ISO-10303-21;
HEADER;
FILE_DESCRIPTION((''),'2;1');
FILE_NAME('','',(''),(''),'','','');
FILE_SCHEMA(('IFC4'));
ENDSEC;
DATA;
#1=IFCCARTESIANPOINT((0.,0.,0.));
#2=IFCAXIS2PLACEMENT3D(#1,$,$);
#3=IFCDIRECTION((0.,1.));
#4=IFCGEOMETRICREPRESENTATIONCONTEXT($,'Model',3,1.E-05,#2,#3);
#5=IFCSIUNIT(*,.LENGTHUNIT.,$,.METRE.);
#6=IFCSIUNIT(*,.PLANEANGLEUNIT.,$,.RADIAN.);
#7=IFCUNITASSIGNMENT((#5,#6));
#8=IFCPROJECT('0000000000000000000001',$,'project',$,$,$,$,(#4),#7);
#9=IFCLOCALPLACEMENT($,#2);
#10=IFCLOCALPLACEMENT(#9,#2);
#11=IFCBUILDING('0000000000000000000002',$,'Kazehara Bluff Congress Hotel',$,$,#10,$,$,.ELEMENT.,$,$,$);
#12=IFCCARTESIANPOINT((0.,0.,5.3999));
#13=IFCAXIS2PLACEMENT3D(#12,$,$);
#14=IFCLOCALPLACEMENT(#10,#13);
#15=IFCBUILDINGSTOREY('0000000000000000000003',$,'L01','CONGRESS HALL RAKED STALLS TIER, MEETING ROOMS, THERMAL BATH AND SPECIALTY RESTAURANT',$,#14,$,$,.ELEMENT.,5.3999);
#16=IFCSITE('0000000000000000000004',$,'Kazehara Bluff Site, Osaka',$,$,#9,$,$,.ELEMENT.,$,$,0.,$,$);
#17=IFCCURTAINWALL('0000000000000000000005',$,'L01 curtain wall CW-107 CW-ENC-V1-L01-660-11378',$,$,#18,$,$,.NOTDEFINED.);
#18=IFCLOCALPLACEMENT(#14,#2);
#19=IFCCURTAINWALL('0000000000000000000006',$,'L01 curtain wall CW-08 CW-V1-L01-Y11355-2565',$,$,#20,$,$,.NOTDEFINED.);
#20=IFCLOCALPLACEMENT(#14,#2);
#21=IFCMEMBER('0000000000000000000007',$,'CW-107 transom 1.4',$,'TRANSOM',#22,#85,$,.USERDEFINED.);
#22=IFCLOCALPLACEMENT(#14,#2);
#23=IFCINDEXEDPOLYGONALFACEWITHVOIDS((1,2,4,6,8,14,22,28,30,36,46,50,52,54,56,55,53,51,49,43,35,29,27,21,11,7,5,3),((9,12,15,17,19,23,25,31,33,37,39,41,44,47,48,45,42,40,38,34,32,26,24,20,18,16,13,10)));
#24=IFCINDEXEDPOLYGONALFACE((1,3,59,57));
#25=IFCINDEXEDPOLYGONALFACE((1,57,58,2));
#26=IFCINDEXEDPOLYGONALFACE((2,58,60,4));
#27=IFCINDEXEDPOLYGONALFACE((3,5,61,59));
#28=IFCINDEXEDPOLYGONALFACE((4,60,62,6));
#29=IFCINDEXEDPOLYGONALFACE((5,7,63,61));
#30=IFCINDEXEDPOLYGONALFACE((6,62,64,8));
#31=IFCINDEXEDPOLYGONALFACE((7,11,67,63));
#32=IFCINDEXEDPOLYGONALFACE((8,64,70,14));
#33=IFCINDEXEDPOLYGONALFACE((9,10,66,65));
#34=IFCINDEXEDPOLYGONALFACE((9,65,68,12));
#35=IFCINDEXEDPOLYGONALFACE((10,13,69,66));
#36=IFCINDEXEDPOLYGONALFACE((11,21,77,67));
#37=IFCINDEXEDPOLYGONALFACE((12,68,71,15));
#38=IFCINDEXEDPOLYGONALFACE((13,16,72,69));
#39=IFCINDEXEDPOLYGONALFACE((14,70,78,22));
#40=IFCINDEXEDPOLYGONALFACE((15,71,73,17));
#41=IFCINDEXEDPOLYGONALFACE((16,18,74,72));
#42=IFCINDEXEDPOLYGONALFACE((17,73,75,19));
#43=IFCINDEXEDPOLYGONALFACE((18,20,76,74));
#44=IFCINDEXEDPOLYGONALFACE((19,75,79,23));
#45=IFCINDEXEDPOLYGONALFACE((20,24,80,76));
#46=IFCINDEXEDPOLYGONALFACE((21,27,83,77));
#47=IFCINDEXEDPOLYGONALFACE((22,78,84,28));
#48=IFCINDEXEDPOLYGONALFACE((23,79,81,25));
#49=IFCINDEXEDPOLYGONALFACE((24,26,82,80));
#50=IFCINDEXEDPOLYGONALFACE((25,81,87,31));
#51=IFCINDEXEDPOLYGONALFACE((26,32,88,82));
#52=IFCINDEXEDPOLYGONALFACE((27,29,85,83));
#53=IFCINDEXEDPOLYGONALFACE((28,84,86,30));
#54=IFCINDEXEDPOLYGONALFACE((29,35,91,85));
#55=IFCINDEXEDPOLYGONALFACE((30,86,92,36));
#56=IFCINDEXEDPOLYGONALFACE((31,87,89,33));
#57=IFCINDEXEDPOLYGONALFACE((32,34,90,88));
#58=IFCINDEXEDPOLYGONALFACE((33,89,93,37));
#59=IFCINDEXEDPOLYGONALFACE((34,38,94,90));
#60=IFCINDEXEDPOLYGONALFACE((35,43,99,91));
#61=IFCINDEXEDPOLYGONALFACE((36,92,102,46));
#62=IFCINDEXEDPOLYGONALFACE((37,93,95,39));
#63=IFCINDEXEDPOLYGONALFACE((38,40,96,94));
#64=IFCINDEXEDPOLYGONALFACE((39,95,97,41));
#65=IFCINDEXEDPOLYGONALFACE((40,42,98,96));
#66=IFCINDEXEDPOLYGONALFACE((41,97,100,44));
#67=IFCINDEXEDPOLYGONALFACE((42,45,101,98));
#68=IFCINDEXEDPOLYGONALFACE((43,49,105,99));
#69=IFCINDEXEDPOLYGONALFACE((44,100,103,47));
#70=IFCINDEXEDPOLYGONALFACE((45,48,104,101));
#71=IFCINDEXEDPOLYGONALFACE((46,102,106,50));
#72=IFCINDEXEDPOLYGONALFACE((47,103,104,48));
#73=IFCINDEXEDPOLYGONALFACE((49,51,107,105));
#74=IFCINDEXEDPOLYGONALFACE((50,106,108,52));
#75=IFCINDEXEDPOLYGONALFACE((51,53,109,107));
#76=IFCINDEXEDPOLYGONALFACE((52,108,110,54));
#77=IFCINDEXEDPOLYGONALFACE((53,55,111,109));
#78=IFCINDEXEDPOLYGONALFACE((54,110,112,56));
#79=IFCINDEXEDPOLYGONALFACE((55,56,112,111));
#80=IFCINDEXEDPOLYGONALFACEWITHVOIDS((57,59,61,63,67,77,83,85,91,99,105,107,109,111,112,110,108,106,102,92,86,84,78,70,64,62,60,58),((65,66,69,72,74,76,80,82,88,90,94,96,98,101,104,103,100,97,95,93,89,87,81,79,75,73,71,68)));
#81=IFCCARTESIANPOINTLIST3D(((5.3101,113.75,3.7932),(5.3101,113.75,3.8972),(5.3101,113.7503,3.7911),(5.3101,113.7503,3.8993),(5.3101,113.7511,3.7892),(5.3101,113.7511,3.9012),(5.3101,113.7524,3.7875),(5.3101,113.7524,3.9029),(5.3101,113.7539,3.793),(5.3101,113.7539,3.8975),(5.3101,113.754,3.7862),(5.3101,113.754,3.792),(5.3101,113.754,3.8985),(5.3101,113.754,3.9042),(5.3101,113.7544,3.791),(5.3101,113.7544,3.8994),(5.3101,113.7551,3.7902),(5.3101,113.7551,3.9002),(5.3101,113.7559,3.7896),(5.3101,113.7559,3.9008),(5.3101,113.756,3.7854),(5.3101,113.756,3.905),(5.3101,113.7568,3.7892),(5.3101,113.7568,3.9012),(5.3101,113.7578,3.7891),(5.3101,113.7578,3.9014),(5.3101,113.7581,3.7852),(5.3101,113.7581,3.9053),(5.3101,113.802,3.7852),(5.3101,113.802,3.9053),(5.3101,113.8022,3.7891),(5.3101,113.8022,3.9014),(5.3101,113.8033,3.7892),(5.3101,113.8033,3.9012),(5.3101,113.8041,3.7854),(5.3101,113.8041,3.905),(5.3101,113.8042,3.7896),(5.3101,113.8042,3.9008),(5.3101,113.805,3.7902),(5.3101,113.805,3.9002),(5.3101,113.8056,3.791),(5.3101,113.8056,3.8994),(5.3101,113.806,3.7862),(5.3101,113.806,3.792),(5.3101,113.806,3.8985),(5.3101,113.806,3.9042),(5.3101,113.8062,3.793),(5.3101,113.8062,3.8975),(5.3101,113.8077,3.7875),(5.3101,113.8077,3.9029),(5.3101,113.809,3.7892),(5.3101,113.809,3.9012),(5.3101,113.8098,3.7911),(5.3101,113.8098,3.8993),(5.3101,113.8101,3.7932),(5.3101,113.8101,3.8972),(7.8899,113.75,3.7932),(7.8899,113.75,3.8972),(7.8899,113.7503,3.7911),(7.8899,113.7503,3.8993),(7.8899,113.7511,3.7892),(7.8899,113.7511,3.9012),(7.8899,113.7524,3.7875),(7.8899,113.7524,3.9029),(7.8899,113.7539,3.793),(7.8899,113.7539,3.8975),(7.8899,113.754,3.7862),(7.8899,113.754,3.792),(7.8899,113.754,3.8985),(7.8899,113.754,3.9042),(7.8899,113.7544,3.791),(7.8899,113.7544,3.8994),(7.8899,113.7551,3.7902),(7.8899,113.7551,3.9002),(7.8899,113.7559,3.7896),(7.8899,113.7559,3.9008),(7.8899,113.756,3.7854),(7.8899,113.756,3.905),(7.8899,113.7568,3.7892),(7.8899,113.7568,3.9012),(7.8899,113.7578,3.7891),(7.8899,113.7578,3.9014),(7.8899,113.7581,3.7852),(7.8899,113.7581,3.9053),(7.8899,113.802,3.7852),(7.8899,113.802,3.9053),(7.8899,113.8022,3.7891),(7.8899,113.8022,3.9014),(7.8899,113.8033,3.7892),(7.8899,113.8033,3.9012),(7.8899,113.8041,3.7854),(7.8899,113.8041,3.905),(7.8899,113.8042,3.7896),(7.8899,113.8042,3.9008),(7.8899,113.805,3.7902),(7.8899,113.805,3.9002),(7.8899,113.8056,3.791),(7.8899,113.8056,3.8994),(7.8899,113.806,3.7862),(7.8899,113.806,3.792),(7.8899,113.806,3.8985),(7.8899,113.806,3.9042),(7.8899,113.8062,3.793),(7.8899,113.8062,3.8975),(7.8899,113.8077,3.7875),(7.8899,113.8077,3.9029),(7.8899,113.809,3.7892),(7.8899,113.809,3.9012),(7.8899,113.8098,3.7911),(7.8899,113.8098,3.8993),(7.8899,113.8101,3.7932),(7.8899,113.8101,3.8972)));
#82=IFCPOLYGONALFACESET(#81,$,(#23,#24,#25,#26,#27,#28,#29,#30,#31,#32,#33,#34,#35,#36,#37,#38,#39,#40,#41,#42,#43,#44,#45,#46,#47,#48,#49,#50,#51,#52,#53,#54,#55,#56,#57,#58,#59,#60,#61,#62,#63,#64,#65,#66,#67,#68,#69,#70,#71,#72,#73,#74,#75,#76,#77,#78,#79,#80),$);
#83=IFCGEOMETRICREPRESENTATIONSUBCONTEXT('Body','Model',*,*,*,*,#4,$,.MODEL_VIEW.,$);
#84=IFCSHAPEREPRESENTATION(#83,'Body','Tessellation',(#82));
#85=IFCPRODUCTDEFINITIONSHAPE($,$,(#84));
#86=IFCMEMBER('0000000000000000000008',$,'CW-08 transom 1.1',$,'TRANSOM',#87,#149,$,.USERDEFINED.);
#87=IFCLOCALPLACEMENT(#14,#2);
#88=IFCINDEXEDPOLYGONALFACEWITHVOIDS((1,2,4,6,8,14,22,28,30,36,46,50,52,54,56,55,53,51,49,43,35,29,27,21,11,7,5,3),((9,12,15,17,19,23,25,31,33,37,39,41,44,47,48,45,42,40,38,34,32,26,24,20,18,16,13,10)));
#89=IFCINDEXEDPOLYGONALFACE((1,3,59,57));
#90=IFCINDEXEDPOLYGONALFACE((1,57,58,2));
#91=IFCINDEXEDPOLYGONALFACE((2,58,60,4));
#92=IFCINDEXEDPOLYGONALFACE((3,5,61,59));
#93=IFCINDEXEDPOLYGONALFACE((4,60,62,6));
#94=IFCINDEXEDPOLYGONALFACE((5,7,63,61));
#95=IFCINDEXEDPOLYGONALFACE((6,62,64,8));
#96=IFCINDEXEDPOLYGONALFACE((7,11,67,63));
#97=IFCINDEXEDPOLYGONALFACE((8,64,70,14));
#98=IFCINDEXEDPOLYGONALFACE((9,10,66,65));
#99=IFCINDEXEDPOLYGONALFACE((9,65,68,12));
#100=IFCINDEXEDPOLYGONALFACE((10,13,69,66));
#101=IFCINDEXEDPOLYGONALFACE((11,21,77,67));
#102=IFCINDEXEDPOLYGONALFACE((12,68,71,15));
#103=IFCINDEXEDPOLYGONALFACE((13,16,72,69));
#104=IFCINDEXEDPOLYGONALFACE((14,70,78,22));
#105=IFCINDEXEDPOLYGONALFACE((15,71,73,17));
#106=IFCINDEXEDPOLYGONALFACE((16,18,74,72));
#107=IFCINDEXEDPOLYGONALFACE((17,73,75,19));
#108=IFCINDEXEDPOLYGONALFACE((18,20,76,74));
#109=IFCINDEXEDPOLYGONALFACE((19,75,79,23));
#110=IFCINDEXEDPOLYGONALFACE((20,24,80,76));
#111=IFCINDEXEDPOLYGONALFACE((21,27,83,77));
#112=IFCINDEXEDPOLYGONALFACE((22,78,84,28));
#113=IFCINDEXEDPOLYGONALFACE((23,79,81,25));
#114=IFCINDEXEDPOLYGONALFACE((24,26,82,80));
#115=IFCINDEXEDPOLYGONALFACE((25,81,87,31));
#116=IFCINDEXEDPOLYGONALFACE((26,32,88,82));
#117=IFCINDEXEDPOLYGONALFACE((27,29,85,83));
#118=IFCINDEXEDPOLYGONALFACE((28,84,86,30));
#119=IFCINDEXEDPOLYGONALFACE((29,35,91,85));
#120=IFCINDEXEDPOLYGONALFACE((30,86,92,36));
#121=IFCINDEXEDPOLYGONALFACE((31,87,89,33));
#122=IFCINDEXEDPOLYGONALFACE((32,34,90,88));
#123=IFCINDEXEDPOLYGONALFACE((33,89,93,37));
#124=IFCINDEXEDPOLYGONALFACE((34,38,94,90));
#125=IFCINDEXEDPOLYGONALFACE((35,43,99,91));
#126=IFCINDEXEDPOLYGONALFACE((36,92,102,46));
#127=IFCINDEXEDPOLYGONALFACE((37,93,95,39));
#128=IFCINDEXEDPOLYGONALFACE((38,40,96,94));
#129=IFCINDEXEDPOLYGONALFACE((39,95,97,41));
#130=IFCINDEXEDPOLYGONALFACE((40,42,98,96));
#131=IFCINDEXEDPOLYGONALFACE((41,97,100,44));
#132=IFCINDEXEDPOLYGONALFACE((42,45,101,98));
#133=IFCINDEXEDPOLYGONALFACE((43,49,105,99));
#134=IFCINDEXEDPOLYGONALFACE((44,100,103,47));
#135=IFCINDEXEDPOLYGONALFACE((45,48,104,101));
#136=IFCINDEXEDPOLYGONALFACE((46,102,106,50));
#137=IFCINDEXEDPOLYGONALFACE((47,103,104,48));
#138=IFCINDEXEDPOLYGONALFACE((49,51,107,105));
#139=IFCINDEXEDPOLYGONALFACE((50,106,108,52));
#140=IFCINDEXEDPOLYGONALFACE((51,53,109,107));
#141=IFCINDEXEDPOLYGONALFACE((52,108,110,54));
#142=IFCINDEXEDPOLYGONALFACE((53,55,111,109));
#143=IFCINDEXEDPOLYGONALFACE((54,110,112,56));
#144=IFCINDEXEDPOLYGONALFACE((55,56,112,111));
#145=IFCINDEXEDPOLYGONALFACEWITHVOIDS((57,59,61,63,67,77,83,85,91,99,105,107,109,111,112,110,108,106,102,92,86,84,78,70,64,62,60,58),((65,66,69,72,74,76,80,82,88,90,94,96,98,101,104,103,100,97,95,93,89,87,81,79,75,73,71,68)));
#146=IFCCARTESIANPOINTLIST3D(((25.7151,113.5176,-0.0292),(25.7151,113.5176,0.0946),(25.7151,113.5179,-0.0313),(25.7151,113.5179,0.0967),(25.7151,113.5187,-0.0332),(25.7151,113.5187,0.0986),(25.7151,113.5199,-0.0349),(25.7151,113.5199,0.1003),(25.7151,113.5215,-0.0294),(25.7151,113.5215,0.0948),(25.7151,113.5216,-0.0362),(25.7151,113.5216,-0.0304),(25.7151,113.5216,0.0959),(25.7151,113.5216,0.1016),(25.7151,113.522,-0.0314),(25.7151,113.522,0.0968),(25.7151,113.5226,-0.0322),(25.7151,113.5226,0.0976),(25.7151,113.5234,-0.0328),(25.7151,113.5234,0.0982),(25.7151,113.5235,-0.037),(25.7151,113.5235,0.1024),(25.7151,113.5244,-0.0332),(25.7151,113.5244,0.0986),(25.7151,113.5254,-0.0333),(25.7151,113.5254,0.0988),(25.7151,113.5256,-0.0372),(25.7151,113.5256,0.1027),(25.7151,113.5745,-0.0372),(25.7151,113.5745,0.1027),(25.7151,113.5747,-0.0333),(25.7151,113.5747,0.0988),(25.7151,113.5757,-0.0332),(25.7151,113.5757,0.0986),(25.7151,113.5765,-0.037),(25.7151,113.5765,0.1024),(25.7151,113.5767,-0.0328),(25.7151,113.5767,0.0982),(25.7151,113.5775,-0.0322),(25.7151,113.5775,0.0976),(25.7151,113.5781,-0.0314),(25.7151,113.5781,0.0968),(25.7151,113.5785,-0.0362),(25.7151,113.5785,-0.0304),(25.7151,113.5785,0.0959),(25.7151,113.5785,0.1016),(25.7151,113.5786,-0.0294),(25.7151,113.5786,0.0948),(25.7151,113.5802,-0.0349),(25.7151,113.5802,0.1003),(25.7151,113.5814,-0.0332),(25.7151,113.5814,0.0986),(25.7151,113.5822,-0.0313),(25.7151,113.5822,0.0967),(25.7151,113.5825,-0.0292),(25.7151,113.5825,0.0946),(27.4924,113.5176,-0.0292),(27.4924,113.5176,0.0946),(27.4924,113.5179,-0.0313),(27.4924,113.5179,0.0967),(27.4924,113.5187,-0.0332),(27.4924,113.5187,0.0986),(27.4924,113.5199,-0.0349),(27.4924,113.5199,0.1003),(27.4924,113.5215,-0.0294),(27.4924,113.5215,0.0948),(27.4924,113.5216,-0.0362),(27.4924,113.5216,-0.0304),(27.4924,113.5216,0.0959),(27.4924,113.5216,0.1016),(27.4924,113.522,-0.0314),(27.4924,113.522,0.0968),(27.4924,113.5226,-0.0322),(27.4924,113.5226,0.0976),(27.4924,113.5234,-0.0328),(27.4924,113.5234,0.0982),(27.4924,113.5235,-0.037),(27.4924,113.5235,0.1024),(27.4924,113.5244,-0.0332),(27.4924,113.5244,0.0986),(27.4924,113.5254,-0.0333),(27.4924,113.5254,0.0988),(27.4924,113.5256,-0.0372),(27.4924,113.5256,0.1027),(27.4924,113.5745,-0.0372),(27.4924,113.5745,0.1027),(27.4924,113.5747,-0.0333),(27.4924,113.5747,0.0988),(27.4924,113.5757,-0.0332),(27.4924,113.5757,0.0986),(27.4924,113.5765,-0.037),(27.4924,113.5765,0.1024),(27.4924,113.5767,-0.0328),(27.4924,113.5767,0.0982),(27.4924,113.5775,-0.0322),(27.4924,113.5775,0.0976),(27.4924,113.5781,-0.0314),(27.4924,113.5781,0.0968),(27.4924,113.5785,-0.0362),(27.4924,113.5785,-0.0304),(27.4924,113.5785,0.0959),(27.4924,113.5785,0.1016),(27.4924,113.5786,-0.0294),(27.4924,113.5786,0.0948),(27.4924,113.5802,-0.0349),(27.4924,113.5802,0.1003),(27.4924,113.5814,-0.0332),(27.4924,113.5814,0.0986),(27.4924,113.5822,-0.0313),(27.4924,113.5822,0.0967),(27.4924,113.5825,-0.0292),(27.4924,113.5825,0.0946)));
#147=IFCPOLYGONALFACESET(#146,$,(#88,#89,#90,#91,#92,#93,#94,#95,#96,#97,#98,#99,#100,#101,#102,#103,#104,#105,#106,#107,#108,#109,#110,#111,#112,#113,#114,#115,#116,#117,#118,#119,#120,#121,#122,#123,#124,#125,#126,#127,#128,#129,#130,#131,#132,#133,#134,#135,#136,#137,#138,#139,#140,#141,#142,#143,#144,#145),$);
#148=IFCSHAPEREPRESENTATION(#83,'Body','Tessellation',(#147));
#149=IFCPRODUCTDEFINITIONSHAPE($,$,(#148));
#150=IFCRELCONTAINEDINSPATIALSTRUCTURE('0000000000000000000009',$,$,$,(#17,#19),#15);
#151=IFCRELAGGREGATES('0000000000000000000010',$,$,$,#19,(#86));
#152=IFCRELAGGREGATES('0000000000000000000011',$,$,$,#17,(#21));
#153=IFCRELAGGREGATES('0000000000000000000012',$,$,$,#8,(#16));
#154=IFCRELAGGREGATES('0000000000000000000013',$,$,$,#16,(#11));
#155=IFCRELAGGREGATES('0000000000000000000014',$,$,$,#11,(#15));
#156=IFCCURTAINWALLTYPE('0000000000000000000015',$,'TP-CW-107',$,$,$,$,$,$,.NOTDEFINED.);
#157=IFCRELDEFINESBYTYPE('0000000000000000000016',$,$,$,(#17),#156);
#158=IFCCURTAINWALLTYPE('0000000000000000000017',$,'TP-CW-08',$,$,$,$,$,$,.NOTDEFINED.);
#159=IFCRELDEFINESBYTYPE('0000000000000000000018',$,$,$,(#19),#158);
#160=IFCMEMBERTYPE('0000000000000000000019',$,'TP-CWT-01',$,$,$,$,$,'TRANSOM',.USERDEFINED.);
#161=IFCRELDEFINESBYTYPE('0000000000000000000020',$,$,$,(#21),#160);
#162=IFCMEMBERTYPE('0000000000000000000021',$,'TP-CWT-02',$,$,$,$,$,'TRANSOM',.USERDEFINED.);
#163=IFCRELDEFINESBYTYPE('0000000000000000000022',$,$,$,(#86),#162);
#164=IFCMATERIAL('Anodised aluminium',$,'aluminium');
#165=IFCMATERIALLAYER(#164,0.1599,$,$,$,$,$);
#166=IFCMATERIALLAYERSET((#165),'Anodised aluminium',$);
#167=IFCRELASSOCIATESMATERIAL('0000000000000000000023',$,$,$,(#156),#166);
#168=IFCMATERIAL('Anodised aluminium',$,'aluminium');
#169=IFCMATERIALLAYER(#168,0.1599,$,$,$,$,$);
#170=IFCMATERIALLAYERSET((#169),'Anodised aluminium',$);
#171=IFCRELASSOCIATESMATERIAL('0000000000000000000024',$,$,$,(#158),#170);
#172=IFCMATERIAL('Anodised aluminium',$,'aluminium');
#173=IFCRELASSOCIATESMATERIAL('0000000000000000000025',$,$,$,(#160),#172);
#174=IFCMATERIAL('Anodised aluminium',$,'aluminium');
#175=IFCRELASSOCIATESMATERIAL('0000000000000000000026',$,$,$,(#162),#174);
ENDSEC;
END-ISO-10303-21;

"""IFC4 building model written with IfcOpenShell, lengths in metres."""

from ifc_helpers import new_model, si_unit, direction, frame, origin, origin_2d, place, context, subcontext, project, spatial, hollow_rectangle, extrude, material, layer, layer_set, material_profile, profile_set, type_object, element, aggregate, save


model = new_model("IFC4")

# Units and contexts
model_context = context("Model", 3, precision=1e-05, world=origin(), true_north=direction((0.0, 1.0)))
body_context = subcontext(model_context, "Body", "Model", "MODEL_VIEW")
ifc_project = project(units=[si_unit("LENGTHUNIT", "METRE"), si_unit("PLANEANGLEUNIT", "RADIAN")], contexts=[model_context])

# Site, building, storey
site_placement = place(None, origin())
site = spatial("IfcSite", under=ifc_project, at=site_placement, Name="Kazehara Bluff Site, Osaka", CompositionType="ELEMENT", RefElevation=0.0)
building_placement = place(site_placement, origin())
building = spatial("IfcBuilding", under=site, at=building_placement, Name="Kazehara Bluff Congress Hotel", CompositionType="ELEMENT")
storey_placement = place(building_placement, frame((0.0, 0.0, 5.3999)))
storey = spatial("IfcBuildingStorey", under=building, at=storey_placement, Name="L01", Description="CONGRESS HALL RAKED STALLS TIER, MEETING ROOMS, THERMAL BATH AND SPECIALTY RESTAURANT", CompositionType="ELEMENT", Elevation=5.3999)

# Curtain wall
ifc_material_1 = material(Name="Anodised aluminium", Category="aluminium")
ifc_layer_1 = layer(ifc_material_1, 0.1599)
ifc_layer_set_1 = layer_set([ifc_layer_1], Name="Anodised aluminium")
curtain_wall_type_1 = type_object("IfcCurtainWallType", Name="TP-CW-107", PredefinedType="NOTDEFINED", material=ifc_layer_set_1)
curtain_wall_1_placement = place(storey_placement, origin())
curtain_wall_1 = element("IfcCurtainWall", 1, at=curtain_wall_1_placement, inside=storey, type_object=curtain_wall_type_1, Name="L01 curtain wall CW-107 CW-ENC-V1-L01-660-11378", PredefinedType="NOTDEFINED")

# Curtain wall
ifc_material_2 = material(Name="Anodised aluminium", Category="aluminium")
ifc_layer_2 = layer(ifc_material_2, 0.1599)
ifc_layer_set_2 = layer_set([ifc_layer_2], Name="Anodised aluminium")
curtain_wall_type_2 = type_object("IfcCurtainWallType", Name="TP-CW-08", PredefinedType="NOTDEFINED", material=ifc_layer_set_2)
curtain_wall_2_placement = place(storey_placement, origin())
curtain_wall_2 = element("IfcCurtainWall", 2, at=curtain_wall_2_placement, inside=storey, type_object=curtain_wall_type_2, Name="L01 curtain wall CW-08 CW-V1-L01-Y11355-2565", PredefinedType="NOTDEFINED")

# Shared definitions
ifc_material_3 = material(Name="Anodised aluminium", Category="aluminium")
ifc_material_profile_1 = material_profile(ifc_material_3, hollow_rectangle(XDim=0.0601, YDim=0.1201, WallThickness=0.0039, InnerFilletRadius=0.0039, OuterFilletRadius=0.0081, at=origin_2d()))
ifc_profile_set_1 = profile_set([ifc_material_profile_1], Name="Anodised aluminium")
member_type_1 = type_object("IfcMemberType", Name="TP-CWT-01", ElementType="TRANSOM", PredefinedType="USERDEFINED", material=ifc_profile_set_1)

# Members
member_1_placement = place(storey_placement, frame((5.3101, 113.78, 3.8452), z_axis=(1.0, 0.0, 0.0), x_axis=(0.0, 1.0, 0.0)))
member_1 = element("IfcMember", 3, at=member_1_placement, type_object=member_type_1, Name="CW-107 transom 1.4", ObjectType="TRANSOM", PredefinedType="USERDEFINED", context=body_context, shape_type="SweptSolid", body=[
    extrude(hollow_rectangle(XDim=0.0601, YDim=0.1201, WallThickness=0.0039, InnerFilletRadius=0.0039, OuterFilletRadius=0.0081, at=origin_2d()), origin(), (0.0, 0.0, 1.0), 2.5798),
])
ifc_material_4 = material(Name="Anodised aluminium", Category="aluminium")
ifc_material_profile_2 = material_profile(ifc_material_4, hollow_rectangle(XDim=0.0649, YDim=0.1399, WallThickness=0.0039, InnerFilletRadius=0.0039, OuterFilletRadius=0.0081, at=origin_2d()))
ifc_profile_set_2 = profile_set([ifc_material_profile_2], Name="Anodised aluminium")
member_type_2 = type_object("IfcMemberType", Name="TP-CWT-02", ElementType="TRANSOM", PredefinedType="USERDEFINED", material=ifc_profile_set_2)
member_2_placement = place(storey_placement, frame((25.7151, 113.55, 0.0327), z_axis=(1.0, 0.0, 0.0), x_axis=(0.0, 1.0, 0.0)))
member_2 = element("IfcMember", 4, at=member_2_placement, type_object=member_type_2, Name="CW-08 transom 1.1", ObjectType="TRANSOM", PredefinedType="USERDEFINED", context=body_context, shape_type="SweptSolid", body=[
    extrude(hollow_rectangle(XDim=0.0649, YDim=0.1399, WallThickness=0.0039, InnerFilletRadius=0.0039, OuterFilletRadius=0.0081, at=origin_2d()), origin(), (0.0, 0.0, 1.0), 1.7773),
])

aggregate(curtain_wall_2, [member_2])
aggregate(curtain_wall_1, [member_1])

save(model, "model.ifc")
